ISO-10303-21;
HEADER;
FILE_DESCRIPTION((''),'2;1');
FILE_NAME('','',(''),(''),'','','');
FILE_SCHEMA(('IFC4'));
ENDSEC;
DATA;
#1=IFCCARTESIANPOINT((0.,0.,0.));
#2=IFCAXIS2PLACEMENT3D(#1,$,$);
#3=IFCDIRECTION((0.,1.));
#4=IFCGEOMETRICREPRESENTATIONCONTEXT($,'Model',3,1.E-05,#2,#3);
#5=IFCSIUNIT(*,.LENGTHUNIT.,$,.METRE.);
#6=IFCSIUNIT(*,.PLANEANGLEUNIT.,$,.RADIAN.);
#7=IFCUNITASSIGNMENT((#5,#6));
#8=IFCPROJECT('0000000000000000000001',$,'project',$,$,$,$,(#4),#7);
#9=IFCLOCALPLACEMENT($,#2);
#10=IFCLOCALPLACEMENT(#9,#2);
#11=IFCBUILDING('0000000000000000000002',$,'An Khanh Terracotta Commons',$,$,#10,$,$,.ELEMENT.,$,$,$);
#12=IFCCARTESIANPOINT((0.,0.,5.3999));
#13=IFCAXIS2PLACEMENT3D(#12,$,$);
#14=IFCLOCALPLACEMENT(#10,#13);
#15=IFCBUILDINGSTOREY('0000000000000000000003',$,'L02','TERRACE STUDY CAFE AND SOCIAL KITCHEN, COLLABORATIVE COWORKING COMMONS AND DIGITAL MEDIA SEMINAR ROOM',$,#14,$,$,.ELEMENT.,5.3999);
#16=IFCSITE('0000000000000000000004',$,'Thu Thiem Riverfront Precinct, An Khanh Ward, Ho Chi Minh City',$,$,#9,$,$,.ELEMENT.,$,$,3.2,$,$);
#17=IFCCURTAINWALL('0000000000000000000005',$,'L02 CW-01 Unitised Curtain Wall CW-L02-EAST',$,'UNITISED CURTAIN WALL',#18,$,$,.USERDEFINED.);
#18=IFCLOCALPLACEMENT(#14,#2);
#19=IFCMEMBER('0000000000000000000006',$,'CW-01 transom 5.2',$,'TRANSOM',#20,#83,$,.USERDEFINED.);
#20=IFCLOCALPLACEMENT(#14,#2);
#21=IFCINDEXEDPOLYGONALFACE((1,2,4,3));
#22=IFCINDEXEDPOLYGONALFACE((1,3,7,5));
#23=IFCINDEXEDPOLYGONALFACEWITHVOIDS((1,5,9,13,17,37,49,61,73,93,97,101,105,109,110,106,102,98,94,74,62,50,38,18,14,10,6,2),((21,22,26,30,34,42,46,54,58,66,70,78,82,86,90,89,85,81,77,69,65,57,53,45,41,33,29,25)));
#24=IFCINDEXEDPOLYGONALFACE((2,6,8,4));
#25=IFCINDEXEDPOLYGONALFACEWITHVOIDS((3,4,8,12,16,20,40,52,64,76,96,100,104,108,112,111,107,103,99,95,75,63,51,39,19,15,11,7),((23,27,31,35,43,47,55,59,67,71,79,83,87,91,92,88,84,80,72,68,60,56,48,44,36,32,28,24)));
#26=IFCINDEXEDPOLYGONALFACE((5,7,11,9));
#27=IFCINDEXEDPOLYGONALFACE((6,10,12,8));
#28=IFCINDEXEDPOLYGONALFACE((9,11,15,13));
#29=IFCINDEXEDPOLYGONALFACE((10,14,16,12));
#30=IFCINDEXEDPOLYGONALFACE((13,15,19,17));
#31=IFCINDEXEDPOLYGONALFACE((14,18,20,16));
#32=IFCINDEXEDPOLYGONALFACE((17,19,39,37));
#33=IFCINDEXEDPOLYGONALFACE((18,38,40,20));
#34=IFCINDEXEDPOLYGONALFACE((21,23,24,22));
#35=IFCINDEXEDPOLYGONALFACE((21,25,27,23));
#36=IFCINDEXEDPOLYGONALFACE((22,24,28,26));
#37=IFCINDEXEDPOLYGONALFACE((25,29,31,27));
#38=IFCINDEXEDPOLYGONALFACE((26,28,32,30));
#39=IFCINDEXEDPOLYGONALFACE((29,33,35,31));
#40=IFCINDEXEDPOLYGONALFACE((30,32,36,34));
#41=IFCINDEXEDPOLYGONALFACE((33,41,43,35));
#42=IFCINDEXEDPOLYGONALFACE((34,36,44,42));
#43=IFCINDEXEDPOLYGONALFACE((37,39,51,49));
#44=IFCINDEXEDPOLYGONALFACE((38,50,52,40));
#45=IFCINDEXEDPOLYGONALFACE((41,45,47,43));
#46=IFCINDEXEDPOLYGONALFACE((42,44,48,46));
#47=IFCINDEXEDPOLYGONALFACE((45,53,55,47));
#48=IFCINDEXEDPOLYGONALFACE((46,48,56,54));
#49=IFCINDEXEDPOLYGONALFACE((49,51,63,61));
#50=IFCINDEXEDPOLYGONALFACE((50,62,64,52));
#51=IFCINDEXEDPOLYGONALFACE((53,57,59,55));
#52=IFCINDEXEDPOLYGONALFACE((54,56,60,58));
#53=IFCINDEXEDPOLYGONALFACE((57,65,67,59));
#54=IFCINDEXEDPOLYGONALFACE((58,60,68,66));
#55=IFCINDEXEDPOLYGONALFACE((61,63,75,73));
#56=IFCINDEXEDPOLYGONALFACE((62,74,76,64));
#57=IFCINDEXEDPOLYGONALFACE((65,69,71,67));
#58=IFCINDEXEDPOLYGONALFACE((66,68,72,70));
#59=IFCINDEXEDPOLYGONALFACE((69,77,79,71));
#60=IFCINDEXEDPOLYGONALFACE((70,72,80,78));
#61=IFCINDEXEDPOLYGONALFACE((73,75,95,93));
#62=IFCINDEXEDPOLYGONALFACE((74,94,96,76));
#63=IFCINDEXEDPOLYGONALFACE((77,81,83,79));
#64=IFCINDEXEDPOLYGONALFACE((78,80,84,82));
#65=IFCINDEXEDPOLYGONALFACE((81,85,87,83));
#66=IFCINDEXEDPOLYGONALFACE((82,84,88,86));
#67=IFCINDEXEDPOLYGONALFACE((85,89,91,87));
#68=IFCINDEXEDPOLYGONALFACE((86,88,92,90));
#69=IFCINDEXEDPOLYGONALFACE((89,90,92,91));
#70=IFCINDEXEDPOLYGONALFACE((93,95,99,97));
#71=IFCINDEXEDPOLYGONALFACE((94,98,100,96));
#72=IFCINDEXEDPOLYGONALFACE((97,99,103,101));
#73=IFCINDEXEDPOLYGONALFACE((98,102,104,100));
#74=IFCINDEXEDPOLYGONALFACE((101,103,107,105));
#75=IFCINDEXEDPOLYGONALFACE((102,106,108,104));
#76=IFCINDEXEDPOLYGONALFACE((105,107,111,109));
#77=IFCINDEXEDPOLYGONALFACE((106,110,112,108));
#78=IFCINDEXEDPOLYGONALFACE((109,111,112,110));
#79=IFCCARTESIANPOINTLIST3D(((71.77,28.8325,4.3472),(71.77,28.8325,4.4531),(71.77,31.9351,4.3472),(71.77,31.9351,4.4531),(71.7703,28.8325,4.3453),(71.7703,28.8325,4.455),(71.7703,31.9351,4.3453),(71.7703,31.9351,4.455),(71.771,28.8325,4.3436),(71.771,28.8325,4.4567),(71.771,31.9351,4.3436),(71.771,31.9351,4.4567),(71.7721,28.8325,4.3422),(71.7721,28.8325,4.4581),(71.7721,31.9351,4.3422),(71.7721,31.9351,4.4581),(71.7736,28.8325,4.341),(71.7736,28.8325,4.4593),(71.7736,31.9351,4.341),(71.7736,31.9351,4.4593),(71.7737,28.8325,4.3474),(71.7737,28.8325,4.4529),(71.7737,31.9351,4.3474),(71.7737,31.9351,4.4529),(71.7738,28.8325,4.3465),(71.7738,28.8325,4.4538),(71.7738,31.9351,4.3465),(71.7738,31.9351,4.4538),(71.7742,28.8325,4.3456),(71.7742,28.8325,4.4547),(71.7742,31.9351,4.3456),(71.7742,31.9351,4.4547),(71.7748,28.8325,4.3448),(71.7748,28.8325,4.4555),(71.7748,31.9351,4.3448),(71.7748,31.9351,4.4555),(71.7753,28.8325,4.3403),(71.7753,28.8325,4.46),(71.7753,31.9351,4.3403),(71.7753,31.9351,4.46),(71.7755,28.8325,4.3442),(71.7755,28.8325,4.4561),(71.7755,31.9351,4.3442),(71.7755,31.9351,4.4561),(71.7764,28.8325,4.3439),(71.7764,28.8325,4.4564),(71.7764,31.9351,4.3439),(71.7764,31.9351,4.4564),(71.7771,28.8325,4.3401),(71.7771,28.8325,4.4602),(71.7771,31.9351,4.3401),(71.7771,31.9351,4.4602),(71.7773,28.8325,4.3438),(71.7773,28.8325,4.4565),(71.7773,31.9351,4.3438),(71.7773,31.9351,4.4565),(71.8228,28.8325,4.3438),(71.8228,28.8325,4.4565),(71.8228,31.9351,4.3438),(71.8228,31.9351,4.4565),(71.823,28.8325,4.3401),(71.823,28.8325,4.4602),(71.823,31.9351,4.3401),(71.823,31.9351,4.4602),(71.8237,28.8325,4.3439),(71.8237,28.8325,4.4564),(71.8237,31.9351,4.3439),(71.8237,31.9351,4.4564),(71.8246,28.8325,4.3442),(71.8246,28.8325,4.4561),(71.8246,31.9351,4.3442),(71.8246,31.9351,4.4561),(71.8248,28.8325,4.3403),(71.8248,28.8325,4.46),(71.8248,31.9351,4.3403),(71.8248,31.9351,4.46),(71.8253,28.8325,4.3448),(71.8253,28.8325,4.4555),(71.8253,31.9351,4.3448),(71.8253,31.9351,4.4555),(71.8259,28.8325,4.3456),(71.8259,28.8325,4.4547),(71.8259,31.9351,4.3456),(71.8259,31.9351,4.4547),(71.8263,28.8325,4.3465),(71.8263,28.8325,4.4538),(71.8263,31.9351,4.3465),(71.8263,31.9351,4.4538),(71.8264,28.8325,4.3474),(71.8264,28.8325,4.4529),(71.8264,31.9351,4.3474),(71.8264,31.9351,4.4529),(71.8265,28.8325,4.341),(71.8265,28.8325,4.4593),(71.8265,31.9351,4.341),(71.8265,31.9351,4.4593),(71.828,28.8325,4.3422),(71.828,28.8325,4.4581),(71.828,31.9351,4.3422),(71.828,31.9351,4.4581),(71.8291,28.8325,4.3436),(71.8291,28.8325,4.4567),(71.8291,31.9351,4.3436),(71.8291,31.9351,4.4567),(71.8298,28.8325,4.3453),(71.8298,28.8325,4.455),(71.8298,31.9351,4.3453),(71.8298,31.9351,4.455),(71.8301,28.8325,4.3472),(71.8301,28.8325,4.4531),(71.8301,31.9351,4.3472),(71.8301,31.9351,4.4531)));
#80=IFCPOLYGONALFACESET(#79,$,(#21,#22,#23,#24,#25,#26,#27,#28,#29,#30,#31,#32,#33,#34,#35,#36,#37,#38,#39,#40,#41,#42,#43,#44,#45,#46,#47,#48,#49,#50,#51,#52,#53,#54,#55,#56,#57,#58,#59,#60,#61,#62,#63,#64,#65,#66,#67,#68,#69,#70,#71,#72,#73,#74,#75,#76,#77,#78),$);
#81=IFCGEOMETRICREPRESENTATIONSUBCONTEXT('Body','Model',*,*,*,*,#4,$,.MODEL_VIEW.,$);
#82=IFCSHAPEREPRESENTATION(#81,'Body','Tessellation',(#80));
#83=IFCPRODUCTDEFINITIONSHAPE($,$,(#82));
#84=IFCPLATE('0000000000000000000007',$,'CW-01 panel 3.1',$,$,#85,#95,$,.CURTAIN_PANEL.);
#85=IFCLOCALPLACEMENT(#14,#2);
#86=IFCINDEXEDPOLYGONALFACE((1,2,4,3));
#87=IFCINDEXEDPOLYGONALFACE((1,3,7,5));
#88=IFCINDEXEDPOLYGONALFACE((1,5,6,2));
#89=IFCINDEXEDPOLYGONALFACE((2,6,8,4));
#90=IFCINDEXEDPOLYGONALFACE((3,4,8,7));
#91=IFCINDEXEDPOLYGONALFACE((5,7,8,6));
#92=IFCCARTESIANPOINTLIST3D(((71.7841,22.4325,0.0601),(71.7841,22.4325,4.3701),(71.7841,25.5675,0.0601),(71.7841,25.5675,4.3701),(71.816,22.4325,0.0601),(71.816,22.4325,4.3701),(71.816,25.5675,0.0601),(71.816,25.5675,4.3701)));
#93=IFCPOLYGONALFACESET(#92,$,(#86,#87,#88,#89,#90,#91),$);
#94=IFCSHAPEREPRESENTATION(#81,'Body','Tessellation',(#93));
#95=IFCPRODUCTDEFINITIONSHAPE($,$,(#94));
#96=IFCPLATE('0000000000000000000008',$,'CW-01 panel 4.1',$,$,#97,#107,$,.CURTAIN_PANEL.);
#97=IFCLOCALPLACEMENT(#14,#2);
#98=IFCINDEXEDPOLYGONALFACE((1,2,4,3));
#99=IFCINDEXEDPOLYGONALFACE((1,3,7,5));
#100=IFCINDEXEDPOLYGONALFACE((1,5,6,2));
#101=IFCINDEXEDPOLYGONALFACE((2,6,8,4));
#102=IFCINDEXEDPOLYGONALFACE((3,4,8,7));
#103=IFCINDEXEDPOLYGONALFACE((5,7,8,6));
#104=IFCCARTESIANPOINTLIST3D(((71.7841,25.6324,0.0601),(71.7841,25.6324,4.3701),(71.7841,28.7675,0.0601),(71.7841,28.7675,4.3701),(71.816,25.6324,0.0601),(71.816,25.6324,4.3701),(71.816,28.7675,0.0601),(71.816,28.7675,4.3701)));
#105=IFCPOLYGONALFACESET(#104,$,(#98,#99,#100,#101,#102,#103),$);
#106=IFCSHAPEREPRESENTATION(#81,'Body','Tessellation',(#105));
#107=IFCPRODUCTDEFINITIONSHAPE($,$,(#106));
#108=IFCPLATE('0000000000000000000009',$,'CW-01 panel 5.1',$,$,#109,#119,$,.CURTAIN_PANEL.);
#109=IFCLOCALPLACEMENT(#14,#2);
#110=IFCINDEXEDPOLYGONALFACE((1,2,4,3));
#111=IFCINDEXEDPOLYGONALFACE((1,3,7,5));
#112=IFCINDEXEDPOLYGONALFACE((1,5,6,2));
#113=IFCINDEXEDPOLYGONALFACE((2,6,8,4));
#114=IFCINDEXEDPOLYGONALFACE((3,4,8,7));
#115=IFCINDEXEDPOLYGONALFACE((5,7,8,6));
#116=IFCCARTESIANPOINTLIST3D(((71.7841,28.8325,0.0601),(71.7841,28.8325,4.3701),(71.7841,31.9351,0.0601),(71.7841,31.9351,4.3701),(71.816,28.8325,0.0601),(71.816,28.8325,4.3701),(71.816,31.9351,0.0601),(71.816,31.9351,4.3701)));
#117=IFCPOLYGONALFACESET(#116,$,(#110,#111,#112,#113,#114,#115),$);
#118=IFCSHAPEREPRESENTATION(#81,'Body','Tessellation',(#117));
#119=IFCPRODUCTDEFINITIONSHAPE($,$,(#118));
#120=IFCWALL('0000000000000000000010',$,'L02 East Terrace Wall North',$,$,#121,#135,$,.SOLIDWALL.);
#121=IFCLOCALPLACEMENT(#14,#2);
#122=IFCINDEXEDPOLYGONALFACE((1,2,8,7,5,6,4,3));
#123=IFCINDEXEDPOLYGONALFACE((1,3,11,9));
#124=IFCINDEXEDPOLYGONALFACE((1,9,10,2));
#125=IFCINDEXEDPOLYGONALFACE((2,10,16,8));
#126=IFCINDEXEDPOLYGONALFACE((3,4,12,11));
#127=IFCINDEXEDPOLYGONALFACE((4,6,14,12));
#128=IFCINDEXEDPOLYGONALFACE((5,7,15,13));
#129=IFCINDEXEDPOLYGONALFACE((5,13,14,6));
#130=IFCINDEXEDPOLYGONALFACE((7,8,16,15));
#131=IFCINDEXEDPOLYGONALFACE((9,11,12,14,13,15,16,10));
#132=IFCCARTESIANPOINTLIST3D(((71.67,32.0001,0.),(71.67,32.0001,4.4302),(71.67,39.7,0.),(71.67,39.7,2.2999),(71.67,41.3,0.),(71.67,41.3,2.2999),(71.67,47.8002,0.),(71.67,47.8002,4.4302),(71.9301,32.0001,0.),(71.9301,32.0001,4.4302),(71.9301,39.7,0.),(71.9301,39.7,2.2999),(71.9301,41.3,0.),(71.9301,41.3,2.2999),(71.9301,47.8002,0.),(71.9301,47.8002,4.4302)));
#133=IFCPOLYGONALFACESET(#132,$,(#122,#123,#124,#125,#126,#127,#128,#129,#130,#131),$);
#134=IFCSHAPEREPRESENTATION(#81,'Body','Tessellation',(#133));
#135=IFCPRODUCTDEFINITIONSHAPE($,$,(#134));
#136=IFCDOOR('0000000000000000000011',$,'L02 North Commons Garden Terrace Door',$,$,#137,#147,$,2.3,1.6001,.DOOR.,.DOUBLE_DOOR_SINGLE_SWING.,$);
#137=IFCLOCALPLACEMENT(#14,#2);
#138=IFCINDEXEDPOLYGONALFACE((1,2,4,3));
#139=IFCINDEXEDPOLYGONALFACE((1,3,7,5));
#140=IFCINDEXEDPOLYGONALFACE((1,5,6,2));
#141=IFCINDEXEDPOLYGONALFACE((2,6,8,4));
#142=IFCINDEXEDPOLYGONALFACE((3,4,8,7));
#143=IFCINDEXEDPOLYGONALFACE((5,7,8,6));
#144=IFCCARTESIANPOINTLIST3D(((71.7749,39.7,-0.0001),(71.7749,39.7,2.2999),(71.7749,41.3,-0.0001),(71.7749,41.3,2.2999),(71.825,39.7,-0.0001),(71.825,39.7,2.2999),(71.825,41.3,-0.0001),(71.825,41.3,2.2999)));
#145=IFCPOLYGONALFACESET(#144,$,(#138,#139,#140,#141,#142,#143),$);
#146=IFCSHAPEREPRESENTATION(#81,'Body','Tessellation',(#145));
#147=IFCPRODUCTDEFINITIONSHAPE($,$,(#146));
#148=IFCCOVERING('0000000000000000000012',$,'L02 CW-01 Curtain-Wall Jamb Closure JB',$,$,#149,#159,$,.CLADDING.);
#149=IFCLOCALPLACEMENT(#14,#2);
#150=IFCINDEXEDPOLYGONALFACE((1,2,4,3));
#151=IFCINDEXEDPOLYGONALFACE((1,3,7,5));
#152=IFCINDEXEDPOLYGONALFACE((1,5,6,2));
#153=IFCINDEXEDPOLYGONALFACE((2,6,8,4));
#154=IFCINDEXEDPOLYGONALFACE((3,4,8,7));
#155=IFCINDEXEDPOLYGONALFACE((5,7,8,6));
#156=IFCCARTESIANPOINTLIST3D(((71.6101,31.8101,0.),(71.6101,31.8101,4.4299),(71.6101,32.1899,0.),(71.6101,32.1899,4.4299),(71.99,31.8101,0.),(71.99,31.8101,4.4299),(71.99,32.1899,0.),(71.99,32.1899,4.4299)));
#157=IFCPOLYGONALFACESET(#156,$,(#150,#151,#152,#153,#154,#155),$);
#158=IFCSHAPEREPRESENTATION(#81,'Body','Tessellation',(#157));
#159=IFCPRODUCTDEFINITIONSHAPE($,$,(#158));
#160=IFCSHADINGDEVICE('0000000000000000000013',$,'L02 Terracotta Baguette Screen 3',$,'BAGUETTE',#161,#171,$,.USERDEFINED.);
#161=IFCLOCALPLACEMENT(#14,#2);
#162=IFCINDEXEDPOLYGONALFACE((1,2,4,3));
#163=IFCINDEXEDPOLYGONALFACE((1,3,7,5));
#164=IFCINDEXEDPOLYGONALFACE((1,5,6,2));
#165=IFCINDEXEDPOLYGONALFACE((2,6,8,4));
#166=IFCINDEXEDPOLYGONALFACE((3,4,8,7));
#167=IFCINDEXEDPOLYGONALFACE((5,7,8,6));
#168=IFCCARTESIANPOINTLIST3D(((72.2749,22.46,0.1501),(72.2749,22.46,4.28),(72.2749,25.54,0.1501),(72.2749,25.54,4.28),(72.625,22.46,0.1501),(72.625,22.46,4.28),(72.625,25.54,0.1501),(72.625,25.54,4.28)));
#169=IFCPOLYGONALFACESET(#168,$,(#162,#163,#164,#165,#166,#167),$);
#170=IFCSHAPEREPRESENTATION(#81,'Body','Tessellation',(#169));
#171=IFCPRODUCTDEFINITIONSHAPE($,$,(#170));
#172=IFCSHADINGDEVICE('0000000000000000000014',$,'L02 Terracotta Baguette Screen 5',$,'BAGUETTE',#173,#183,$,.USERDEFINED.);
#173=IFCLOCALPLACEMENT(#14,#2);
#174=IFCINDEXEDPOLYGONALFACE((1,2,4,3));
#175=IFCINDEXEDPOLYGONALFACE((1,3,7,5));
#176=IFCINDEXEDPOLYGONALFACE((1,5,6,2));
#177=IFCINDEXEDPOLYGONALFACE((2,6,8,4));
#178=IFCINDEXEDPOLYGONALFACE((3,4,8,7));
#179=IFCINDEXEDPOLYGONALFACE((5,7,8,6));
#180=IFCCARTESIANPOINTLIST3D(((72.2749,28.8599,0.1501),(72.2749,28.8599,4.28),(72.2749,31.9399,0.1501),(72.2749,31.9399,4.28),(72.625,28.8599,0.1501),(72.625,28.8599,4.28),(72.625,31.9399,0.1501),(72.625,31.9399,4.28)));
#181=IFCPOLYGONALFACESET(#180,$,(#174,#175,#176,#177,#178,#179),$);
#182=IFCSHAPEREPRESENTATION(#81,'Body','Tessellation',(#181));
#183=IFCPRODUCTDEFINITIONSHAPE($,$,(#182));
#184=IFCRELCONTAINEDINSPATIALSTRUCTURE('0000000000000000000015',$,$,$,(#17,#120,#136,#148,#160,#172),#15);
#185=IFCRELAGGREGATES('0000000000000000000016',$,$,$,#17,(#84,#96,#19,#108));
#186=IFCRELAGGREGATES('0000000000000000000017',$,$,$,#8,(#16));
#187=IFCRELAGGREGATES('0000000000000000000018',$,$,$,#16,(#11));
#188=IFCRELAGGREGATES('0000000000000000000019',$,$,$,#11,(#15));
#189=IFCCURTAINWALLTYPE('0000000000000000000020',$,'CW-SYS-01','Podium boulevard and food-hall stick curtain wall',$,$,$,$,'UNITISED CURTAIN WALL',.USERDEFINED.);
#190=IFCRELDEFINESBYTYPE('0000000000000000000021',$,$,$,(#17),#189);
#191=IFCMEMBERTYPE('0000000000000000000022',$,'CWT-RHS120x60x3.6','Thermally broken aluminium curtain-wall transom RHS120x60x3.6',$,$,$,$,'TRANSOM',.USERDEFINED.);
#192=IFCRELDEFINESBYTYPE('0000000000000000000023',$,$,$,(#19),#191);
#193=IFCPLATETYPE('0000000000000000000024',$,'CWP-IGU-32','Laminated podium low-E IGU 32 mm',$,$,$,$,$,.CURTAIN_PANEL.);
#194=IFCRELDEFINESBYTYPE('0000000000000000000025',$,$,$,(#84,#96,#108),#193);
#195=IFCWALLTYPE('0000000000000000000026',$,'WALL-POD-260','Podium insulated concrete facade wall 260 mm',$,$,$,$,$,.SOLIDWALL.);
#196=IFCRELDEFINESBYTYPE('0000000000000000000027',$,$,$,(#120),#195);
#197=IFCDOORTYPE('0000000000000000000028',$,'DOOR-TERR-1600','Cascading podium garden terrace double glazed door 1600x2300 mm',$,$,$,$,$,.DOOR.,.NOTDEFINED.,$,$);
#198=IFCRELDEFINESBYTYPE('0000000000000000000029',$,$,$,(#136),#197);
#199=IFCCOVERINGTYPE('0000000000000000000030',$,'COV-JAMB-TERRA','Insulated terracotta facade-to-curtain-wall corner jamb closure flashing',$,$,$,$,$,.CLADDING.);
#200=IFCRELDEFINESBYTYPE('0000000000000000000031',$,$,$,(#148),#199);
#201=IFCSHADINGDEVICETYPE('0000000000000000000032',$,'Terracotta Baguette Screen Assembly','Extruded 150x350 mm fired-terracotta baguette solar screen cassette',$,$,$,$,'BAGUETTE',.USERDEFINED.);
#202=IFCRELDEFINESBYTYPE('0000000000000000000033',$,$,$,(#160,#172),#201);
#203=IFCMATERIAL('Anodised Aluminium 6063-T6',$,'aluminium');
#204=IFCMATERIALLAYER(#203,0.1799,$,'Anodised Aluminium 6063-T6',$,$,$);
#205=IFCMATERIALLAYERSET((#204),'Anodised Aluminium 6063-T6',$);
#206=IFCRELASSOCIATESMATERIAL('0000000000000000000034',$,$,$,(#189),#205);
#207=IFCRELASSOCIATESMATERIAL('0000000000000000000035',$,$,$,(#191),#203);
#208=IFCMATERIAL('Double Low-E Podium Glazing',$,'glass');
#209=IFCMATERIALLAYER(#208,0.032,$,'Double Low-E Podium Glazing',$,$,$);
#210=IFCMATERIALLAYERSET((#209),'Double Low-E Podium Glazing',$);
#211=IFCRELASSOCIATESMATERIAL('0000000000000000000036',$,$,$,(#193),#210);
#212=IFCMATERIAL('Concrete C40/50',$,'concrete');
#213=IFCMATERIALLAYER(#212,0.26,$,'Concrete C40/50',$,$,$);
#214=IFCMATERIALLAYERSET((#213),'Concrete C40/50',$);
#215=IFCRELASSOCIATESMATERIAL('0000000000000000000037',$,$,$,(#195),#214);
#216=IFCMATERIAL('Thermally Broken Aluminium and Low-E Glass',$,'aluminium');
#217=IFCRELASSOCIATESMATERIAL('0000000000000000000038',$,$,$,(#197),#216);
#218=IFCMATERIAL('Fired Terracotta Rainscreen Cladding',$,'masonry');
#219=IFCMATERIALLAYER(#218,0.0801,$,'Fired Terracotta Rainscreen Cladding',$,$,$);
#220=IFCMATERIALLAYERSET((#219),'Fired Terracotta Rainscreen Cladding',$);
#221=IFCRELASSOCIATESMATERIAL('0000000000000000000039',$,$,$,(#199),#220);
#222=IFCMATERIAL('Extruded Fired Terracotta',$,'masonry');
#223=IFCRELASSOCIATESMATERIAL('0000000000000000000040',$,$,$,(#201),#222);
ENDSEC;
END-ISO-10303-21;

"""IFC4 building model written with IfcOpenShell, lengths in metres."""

from ifc_helpers import new_model, si_unit, direction, frame, frame_2d, origin, origin_2d, place, context, subcontext, project, spatial, rectangle, hollow_rectangle, extrude, material, layer, layer_set, material_profile, profile_set, type_object, element, fill, aggregate, save


model = new_model("IFC4")

# Units and contexts
model_context = context("Model", 3, precision=1e-05, world=origin(), true_north=direction((0.0, 1.0)))
body_context = subcontext(model_context, "Body", "Model", "MODEL_VIEW")
ifc_project = project(units=[si_unit("LENGTHUNIT", "METRE"), si_unit("PLANEANGLEUNIT", "RADIAN")], contexts=[model_context])

# Site, building, storey
site_placement = place(None, origin())
site = spatial("IfcSite", under=ifc_project, at=site_placement, Name="Thu Thiem Riverfront Precinct, An Khanh Ward, Ho Chi Minh City", CompositionType="ELEMENT", RefElevation=3.2)
building_placement = place(site_placement, origin())
building = spatial("IfcBuilding", under=site, at=building_placement, Name="An Khanh Terracotta Commons", CompositionType="ELEMENT")
storey_placement = place(building_placement, frame((0.0, 0.0, 5.3999)))
storey = spatial("IfcBuildingStorey", under=building, at=storey_placement, Name="L02", Description="TERRACE STUDY CAFE AND SOCIAL KITCHEN, COLLABORATIVE COWORKING COMMONS AND DIGITAL MEDIA SEMINAR ROOM", CompositionType="ELEMENT", Elevation=5.3999)

# Curtain wall, member, plates
ifc_material_1 = material(Name="Anodised Aluminium 6063-T6", Category="aluminium")
ifc_layer_1 = layer(ifc_material_1, 0.1799, Name="Anodised Aluminium 6063-T6")
ifc_layer_set_1 = layer_set([ifc_layer_1], Name="Anodised Aluminium 6063-T6")
curtain_wall_type = type_object("IfcCurtainWallType", Name="CW-SYS-01", Description="Podium boulevard and food-hall stick curtain wall", ElementType="UNITISED CURTAIN WALL", PredefinedType="USERDEFINED", material=ifc_layer_set_1)
curtain_wall_placement = place(storey_placement, origin())
curtain_wall = element("IfcCurtainWall", 1, at=curtain_wall_placement, inside=storey, type_object=curtain_wall_type, Name="L02 CW-01 Unitised Curtain Wall CW-L02-EAST", ObjectType="UNITISED CURTAIN WALL", PredefinedType="USERDEFINED")
ifc_material_profile_1 = material_profile(ifc_material_1, hollow_rectangle(XDim=0.0601, YDim=0.1201, WallThickness=0.0037, InnerFilletRadius=0.0037, OuterFilletRadius=0.0071, at=origin_2d()), Name="RHS120x60x3.6")
ifc_profile_set_1 = profile_set([ifc_material_profile_1], Name="Anodised Aluminium 6063-T6")
member_type_1 = type_object("IfcMemberType", Name="CWT-RHS120x60x3.6", Description="Thermally broken aluminium curtain-wall transom RHS120x60x3.6", ElementType="TRANSOM", PredefinedType="USERDEFINED", material=ifc_profile_set_1)
member_1_placement = place(storey_placement, frame((71.8, 28.8325, 4.4001), z_axis=(0.0, 1.0, 0.0), x_axis=(-1.0, 0.0, 0.0)))
member_1 = element("IfcMember", 2, at=member_1_placement, type_object=member_type_1, Name="CW-01 transom 5.2", ObjectType="TRANSOM", PredefinedType="USERDEFINED", context=body_context, shape_type="SweptSolid", body=[
    extrude(hollow_rectangle(XDim=0.0601, YDim=0.1201, WallThickness=0.0037, InnerFilletRadius=0.0037, OuterFilletRadius=0.0071, at=origin_2d()), origin(), (0.0, 0.0, 1.0), 3.1025),
])
ifc_material_2 = material(Name="Double Low-E Podium Glazing", Category="glass")
ifc_layer_2 = layer(ifc_material_2, 0.032, Name="Double Low-E Podium Glazing")
ifc_layer_set_2 = layer_set([ifc_layer_2], Name="Double Low-E Podium Glazing")
plate_type = type_object("IfcPlateType", Name="CWP-IGU-32", Description="Laminated podium low-E IGU 32 mm", PredefinedType="CURTAIN_PANEL", material=ifc_layer_set_2)
plate_1_placement = place(storey_placement, frame((71.8, 24.0, 0.0601), z_axis=(0.0, 0.0, 1.0), x_axis=(0.0, 1.0, 0.0)))
plate_1 = element("IfcPlate", 3, at=plate_1_placement, type_object=plate_type, Name="CW-01 panel 3.1", PredefinedType="CURTAIN_PANEL", context=body_context, shape_type="SweptSolid", body=[
    extrude(rectangle(XDim=3.135, YDim=0.032, at=origin_2d()), origin(), (0.0, 0.0, 1.0), 4.3101),
])
plate_2_placement = place(storey_placement, frame((71.8, 27.2, 0.0601), z_axis=(0.0, 0.0, 1.0), x_axis=(0.0, 1.0, 0.0)))
plate_2 = element("IfcPlate", 4, at=plate_2_placement, type_object=plate_type, Name="CW-01 panel 4.1", PredefinedType="CURTAIN_PANEL", context=body_context, shape_type="SweptSolid", body=[
    extrude(rectangle(XDim=3.135, YDim=0.032, at=origin_2d()), origin(), (0.0, 0.0, 1.0), 4.3101),
])
plate_3_placement = place(storey_placement, frame((71.8, 30.3838, 0.0601), z_axis=(0.0, 0.0, 1.0), x_axis=(0.0, 1.0, 0.0)))
plate_3 = element("IfcPlate", 5, at=plate_3_placement, type_object=plate_type, Name="CW-01 panel 5.1", PredefinedType="CURTAIN_PANEL", context=body_context, shape_type="SweptSolid", body=[
    extrude(rectangle(XDim=3.1025, YDim=0.032, at=origin_2d()), origin(), (0.0, 0.0, 1.0), 4.3101),
])
aggregate(curtain_wall, [plate_1, plate_2, member_1, plate_3])

# Wall, opening, door
ifc_material_3 = material(Name="Concrete C40/50", Category="concrete")
ifc_layer_3 = layer(ifc_material_3, 0.26, Name="Concrete C40/50")
ifc_layer_set_3 = layer_set([ifc_layer_3], Name="Concrete C40/50")
wall_type = type_object("IfcWallType", Name="WALL-POD-260", Description="Podium insulated concrete facade wall 260 mm", PredefinedType="SOLIDWALL", material=ifc_layer_set_3)
wall_placement = place(storey_placement, frame((71.8, 47.8, 0.0), z_axis=(0.0, 0.0, 1.0), x_axis=(0.0, -1.0, 0.0)))
wall = element("IfcWall", 6, at=wall_placement, inside=storey, type_object=wall_type, Name="L02 East Terrace Wall North", PredefinedType="SOLIDWALL", context=body_context, shape_type="SweptSolid", body=[
    extrude(rectangle(XDim=15.8, YDim=0.26, at=frame_2d((7.8999, 0.0))), origin(), (0.0, 0.0, 1.0), 4.4302),
])
opening_placement = place(wall_placement, frame((6.5, 0.0, 0.0)))
opening = element("IfcOpeningElement", 7, at=opening_placement, cuts=wall, PredefinedType="OPENING", context=body_context, shape_type="SweptSolid", body=[
    extrude(rectangle(XDim=1.6001, YDim=2.3, at=frame_2d((0.8, 1.1499))), frame((0.0, 0.1399, 0.0), z_axis=(0.0, -1.0, 0.0), x_axis=(1.0, 0.0, 0.0)), (0.0, 0.0, 1.0), 0.28),
])
ifc_material_4 = material(Name="Thermally Broken Aluminium and Low-E Glass", Category="aluminium")
door_type = type_object("IfcDoorType", Name="DOOR-TERR-1600", Description="Cascading podium garden terrace double glazed door 1600x2300 mm", OperationType="NOTDEFINED", PredefinedType="DOOR", material=ifc_material_4)
door_placement = place(opening_placement, origin())
door = element("IfcDoor", 8, at=door_placement, inside=storey, type_object=door_type, Name="L02 North Commons Garden Terrace Door", OperationType="DOUBLE_DOOR_SINGLE_SWING", OverallHeight=2.3, OverallWidth=1.6001, PredefinedType="DOOR", context=body_context, shape_type="SweptSolid", body=[
    extrude(rectangle(XDim=1.6001, YDim=2.3, at=frame_2d((0.8, 1.1499))), frame((0.0, 0.0249, 0.0), z_axis=(0.0, -1.0, 0.0), x_axis=(1.0, 0.0, 0.0)), (0.0, 0.0, 1.0), 0.05),
])
fill(opening, door)

# Covering
ifc_material_5 = material(Name="Fired Terracotta Rainscreen Cladding", Category="masonry")
ifc_layer_4 = layer(ifc_material_5, 0.0801, Name="Fired Terracotta Rainscreen Cladding")
ifc_layer_set_4 = layer_set([ifc_layer_4], Name="Fired Terracotta Rainscreen Cladding")
covering_type = type_object("IfcCoveringType", Name="COV-JAMB-TERRA", Description="Insulated terracotta facade-to-curtain-wall corner jamb closure flashing", PredefinedType="CLADDING", material=ifc_layer_set_4)
covering_placement = place(storey_placement, frame((71.8, 32.0, 0.0), z_axis=(0.0, 0.0, 1.0), x_axis=(1.0, 0.0, 0.0)))
element("IfcCovering", 9, at=covering_placement, inside=storey, type_object=covering_type, Name="L02 CW-01 Curtain-Wall Jamb Closure JB", PredefinedType="CLADDING", context=body_context, shape_type="SweptSolid", body=[
    extrude(rectangle(XDim=0.3799, YDim=0.3799, at=origin_2d()), origin(), (0.0, 0.0, 1.0), 4.4299),
])

# Shading devices
ifc_material_6 = material(Name="Extruded Fired Terracotta", Category="masonry")
shading_device_type = type_object("IfcShadingDeviceType", Name="Terracotta Baguette Screen Assembly", Description="Extruded 150x350 mm fired-terracotta baguette solar screen cassette", ElementType="BAGUETTE", PredefinedType="USERDEFINED", material=ifc_material_6)
for number, where, z_axis, x_axis, name in (
    (10, (72.45, 24.0, 0.1501), (0.0, 0.0, 1.0), (0.0, 1.0, 0.0), "L02 Terracotta Baguette Screen 3"),
    (11, (72.45, 30.3999, 0.1501), (0.0, 0.0, 1.0), (0.0, 1.0, 0.0), "L02 Terracotta Baguette Screen 5"),
):
    element("IfcShadingDevice", number, at=place(storey_placement, frame(where, z_axis=z_axis, x_axis=x_axis)), inside=storey, type_object=shading_device_type, Name=name, ObjectType="BAGUETTE", PredefinedType="USERDEFINED", context=body_context, shape_type="SweptSolid", body=[
        extrude(rectangle(XDim=3.0801, YDim=0.3501, at=origin_2d()), origin(), (0.0, 0.0, 1.0), 4.1299),
    ])

save(model, "model.ifc")
